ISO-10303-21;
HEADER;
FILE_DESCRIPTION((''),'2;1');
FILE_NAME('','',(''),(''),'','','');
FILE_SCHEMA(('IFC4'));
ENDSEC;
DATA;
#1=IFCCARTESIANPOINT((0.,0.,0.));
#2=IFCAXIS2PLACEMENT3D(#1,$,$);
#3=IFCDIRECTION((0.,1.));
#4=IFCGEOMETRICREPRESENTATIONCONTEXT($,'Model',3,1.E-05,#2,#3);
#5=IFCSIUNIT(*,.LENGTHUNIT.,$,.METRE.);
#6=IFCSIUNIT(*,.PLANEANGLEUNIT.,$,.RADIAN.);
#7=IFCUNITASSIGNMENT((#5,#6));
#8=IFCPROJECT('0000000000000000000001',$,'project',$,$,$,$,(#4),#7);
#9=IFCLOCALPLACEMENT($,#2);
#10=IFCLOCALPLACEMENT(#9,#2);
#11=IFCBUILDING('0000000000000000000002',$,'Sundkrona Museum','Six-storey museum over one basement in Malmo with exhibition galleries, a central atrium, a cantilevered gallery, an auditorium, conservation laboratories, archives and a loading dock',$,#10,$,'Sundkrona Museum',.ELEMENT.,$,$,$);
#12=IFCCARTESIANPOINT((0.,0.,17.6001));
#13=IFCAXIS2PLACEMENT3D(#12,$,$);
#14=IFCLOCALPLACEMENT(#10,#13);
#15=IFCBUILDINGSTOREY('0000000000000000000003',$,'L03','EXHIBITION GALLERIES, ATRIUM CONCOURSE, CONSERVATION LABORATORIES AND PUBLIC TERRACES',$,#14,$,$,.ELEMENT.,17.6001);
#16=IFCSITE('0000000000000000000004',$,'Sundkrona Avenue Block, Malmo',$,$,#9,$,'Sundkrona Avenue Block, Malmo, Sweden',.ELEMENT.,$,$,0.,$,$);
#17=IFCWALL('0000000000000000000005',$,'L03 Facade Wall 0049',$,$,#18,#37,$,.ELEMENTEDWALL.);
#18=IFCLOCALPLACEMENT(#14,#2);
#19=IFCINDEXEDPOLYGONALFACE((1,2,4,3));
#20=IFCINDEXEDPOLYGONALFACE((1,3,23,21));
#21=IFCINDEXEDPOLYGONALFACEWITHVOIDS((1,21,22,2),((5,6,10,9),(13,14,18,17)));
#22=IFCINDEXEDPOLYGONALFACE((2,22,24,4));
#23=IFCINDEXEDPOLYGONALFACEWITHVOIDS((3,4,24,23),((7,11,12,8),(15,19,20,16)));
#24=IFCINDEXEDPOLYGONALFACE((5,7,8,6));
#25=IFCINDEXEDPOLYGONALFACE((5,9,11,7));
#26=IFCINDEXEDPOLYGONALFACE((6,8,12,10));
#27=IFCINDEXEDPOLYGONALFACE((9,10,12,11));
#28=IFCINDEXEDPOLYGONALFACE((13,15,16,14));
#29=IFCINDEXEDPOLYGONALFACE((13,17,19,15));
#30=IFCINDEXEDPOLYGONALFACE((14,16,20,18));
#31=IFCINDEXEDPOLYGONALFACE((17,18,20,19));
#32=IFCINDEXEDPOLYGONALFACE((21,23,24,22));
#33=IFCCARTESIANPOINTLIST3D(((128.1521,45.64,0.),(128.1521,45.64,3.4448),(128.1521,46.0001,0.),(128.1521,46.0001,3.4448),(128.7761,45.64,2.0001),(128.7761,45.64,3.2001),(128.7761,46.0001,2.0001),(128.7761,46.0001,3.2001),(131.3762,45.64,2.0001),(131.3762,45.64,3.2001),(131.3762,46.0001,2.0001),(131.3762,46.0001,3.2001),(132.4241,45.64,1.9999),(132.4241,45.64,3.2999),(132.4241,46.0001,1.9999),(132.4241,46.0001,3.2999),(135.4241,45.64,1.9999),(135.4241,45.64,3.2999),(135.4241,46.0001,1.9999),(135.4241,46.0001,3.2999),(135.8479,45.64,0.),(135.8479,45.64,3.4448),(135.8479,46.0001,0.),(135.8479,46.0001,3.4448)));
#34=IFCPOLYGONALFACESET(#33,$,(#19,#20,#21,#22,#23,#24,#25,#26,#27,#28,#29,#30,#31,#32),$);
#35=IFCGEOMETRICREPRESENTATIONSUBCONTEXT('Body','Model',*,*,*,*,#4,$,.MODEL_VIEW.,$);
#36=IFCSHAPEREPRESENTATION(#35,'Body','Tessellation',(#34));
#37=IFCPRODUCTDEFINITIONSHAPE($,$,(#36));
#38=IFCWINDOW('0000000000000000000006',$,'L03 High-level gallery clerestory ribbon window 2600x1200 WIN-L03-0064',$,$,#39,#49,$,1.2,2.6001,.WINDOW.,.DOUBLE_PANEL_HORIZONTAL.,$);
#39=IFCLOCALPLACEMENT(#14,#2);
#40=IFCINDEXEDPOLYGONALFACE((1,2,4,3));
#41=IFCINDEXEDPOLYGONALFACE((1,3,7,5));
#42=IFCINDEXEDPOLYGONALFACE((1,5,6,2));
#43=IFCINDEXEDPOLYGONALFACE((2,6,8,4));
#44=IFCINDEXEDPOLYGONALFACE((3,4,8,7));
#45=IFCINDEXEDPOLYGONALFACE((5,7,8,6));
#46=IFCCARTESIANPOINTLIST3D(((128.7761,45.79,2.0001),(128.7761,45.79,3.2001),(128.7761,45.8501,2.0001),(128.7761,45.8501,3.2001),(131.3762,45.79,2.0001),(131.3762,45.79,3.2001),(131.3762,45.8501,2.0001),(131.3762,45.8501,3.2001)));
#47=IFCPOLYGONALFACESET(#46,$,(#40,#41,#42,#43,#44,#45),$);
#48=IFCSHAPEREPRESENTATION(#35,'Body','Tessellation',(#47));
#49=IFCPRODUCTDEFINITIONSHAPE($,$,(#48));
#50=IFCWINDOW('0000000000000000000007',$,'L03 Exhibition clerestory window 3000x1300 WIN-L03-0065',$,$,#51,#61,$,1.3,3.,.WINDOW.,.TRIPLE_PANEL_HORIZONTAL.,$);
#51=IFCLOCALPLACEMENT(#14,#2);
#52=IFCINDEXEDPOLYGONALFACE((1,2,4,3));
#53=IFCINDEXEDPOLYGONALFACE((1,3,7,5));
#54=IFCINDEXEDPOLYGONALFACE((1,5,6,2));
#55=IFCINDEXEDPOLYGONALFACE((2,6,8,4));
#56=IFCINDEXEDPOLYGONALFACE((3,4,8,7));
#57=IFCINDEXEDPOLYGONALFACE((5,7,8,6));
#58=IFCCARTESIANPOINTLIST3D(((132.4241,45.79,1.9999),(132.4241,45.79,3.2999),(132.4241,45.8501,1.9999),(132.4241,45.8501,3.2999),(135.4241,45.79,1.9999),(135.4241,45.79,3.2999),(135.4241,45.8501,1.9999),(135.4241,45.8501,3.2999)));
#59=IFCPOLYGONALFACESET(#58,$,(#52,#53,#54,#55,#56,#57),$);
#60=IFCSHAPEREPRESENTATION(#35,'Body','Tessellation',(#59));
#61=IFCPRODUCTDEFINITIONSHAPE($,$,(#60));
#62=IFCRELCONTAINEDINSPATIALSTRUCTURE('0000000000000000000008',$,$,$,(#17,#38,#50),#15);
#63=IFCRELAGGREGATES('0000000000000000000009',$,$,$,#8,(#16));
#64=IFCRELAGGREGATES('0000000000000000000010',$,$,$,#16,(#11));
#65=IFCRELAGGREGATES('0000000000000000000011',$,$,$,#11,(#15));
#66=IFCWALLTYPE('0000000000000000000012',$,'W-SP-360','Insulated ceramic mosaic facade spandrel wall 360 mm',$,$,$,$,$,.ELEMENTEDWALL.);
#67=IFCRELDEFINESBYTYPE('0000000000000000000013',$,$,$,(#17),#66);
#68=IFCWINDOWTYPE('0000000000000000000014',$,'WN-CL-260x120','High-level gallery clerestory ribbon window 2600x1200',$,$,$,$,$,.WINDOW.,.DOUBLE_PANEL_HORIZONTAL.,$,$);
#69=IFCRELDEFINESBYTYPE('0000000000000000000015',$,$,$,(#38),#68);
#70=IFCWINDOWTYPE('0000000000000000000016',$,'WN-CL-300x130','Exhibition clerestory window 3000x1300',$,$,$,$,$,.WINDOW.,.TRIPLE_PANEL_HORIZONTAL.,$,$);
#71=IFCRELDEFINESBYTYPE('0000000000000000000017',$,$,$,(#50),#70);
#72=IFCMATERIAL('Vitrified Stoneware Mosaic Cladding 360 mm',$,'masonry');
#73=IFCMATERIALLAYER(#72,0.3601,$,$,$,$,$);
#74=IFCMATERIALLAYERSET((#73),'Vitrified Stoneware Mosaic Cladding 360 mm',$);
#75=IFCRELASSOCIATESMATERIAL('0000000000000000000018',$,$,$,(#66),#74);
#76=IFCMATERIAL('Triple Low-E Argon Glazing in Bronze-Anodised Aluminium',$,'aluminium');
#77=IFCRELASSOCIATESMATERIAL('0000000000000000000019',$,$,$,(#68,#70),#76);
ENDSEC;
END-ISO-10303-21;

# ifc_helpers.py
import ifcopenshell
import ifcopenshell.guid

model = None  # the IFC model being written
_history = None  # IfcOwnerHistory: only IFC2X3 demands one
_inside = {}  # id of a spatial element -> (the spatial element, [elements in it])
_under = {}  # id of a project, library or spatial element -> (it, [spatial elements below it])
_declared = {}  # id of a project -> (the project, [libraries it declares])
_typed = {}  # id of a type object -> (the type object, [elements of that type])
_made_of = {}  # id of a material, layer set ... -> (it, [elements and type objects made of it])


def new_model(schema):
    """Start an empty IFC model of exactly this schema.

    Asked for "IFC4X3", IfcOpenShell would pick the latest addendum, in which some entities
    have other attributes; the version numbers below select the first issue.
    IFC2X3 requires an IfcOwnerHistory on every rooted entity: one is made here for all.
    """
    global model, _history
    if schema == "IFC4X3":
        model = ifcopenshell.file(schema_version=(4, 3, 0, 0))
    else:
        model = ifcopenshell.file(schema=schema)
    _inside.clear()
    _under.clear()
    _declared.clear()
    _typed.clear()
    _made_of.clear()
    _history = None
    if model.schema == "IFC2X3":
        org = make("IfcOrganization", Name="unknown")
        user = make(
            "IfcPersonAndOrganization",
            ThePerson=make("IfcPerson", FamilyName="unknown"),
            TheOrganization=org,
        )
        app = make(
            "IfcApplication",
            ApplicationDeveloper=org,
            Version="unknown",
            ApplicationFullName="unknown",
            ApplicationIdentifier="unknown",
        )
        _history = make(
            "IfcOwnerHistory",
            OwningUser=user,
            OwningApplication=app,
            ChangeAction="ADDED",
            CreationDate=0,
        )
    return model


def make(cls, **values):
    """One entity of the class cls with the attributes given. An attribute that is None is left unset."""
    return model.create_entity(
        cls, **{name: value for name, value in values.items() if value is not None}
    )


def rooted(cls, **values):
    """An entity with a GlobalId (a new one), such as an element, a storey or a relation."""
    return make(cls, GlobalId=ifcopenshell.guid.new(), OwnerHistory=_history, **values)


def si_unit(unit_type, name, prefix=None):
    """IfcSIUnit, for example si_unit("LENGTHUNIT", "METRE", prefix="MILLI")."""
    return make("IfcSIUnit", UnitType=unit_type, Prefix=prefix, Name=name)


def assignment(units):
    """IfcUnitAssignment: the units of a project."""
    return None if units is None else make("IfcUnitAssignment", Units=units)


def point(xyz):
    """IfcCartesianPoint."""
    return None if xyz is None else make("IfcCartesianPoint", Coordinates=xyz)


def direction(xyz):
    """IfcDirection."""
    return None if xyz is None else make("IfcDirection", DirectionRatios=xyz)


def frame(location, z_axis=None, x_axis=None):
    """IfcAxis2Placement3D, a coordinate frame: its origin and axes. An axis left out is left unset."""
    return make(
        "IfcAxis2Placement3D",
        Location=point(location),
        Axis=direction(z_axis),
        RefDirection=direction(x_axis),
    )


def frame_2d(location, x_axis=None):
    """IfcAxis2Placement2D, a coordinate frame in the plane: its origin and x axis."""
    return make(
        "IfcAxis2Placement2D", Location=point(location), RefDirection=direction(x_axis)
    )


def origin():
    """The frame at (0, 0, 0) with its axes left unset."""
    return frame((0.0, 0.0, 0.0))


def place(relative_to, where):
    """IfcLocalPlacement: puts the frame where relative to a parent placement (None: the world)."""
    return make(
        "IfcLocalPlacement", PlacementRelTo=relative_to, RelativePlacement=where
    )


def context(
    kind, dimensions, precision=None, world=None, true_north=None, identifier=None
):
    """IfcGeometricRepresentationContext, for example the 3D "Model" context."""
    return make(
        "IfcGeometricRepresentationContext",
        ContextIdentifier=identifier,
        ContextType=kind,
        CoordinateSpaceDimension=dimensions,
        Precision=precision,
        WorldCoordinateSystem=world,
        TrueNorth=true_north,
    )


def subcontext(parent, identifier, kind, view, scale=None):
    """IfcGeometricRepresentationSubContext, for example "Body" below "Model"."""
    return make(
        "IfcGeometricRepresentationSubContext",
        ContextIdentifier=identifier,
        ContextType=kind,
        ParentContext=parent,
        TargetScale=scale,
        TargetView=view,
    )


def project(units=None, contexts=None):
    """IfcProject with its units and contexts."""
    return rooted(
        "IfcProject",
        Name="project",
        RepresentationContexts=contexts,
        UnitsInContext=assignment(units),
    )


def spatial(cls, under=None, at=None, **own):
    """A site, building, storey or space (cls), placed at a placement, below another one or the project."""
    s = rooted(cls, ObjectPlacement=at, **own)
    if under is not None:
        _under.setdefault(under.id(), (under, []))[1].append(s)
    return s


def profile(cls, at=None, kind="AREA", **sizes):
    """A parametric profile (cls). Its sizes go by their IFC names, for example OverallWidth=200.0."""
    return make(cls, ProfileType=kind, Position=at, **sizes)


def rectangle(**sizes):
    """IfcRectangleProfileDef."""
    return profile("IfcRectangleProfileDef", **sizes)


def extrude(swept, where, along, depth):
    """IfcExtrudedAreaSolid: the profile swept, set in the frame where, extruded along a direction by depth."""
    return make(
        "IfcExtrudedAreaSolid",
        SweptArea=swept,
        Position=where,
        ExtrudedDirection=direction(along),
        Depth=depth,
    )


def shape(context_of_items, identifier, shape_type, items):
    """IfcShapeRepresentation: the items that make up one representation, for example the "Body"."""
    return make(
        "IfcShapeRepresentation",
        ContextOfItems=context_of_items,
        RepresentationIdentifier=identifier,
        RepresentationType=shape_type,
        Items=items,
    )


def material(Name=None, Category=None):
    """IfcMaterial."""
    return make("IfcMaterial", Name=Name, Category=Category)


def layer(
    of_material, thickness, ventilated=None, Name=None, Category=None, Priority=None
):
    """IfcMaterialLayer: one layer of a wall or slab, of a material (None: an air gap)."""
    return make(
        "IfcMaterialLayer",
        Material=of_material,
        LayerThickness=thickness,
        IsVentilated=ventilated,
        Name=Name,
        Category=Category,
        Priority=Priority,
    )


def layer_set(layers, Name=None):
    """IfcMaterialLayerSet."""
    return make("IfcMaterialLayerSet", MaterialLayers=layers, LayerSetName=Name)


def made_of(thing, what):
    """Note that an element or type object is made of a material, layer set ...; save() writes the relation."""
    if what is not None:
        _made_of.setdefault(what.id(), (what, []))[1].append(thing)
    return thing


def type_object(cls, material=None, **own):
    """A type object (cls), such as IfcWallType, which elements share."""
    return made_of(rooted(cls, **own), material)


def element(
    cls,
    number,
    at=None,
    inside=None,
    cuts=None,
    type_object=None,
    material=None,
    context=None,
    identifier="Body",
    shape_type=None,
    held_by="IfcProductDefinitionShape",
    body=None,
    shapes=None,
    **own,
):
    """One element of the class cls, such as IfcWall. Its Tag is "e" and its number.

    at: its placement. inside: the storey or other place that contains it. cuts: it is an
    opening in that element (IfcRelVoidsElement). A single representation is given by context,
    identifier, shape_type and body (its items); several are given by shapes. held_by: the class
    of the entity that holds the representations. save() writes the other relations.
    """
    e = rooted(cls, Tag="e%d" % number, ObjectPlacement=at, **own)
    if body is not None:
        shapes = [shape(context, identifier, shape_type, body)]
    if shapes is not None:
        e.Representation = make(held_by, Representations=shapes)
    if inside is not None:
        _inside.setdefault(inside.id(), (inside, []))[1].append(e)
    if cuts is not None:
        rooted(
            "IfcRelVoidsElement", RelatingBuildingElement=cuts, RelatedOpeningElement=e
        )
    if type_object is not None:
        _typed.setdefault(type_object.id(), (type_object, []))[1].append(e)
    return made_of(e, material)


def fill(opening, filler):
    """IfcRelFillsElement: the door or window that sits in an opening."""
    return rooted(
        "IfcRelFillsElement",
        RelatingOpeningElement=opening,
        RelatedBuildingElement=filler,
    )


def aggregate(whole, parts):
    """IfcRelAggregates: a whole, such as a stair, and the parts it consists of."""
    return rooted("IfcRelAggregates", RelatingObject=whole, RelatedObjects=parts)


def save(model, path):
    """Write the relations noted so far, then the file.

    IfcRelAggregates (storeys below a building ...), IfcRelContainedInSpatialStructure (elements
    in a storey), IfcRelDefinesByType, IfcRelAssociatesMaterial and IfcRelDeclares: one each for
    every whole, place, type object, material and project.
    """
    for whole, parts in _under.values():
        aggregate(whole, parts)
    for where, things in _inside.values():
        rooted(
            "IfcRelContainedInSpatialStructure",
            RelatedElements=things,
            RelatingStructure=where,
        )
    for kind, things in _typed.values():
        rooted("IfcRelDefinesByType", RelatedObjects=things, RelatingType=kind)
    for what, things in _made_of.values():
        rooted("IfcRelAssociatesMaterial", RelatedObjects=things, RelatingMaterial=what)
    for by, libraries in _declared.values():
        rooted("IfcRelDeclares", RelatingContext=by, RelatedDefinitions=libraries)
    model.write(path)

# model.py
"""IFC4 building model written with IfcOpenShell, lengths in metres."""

from ifc_helpers import new_model, si_unit, direction, frame, frame_2d, origin, place, context, subcontext, project, spatial, rectangle, extrude, material, layer, layer_set, type_object, element, fill, save


model = new_model("IFC4")

# Units and contexts
model_context = context("Model", 3, precision=1e-05, world=origin(), true_north=direction((0.0, 1.0)))
body_context = subcontext(model_context, "Body", "Model", "MODEL_VIEW")
ifc_project = project(units=[si_unit("LENGTHUNIT", "METRE"), si_unit("PLANEANGLEUNIT", "RADIAN")], contexts=[model_context])

# Site, building, storey
site_placement = place(None, origin())
site = spatial("IfcSite", under=ifc_project, at=site_placement, Name="Sundkrona Avenue Block, Malmo", LongName="Sundkrona Avenue Block, Malmo, Sweden", CompositionType="ELEMENT", RefElevation=0.0)
building_placement = place(site_placement, origin())
building = spatial("IfcBuilding", under=site, at=building_placement, Name="Sundkrona Museum", Description="Six-storey museum over one basement in Malmo with exhibition galleries, a central atrium, a cantilevered gallery, an auditorium, conservation laboratories, archives and a loading dock", LongName="Sundkrona Museum", CompositionType="ELEMENT")
storey_placement = place(building_placement, frame((0.0, 0.0, 17.6001)))
storey = spatial("IfcBuildingStorey", under=building, at=storey_placement, Name="L03", Description="EXHIBITION GALLERIES, ATRIUM CONCOURSE, CONSERVATION LABORATORIES AND PUBLIC TERRACES", CompositionType="ELEMENT", Elevation=17.6001)

# Shared definitions
ifc_material_1 = material(Name="Triple Low-E Argon Glazing in Bronze-Anodised Aluminium", Category="aluminium")

# Wall, openings, windows
ifc_material_2 = material(Name="Vitrified Stoneware Mosaic Cladding 360 mm", Category="masonry")
ifc_layer_1 = layer(ifc_material_2, 0.3601)
ifc_layer_set_1 = layer_set([ifc_layer_1], Name="Vitrified Stoneware Mosaic Cladding 360 mm")
wall_type_1 = type_object("IfcWallType", Name="W-SP-360", Description="Insulated ceramic mosaic facade spandrel wall 360 mm", PredefinedType="ELEMENTEDWALL", material=ifc_layer_set_1)
window_type_1 = type_object("IfcWindowType", Name="WN-CL-260x120", Description="High-level gallery clerestory ribbon window 2600x1200", PartitioningType="DOUBLE_PANEL_HORIZONTAL", PredefinedType="WINDOW", material=ifc_material_1)
window_type_2 = type_object("IfcWindowType", Name="WN-CL-300x130", Description="Exhibition clerestory window 3000x1300", PartitioningType="TRIPLE_PANEL_HORIZONTAL", PredefinedType="WINDOW", material=ifc_material_1)
wall_1_placement = place(storey_placement, frame((128.1521, 45.8201, 0.0), z_axis=(0.0, 0.0, 1.0), x_axis=(1.0, 0.0, 0.0)))
wall_1 = element("IfcWall", 1, at=wall_1_placement, inside=storey, type_object=wall_type_1, Name="L03 Facade Wall 0049", PredefinedType="ELEMENTEDWALL", context=body_context, shape_type="SweptSolid", body=[
    extrude(rectangle(XDim=7.6958, YDim=0.3601, at=frame_2d((3.8479, 0.0))), origin(), (0.0, 0.0, 1.0), 3.4448),
])
opening_1_placement = place(wall_1_placement, frame((0.624, 0.0, 2.0)))
opening_1 = element("IfcOpeningElement", 2, at=opening_1_placement, cuts=wall_1, PredefinedType="OPENING", context=body_context, shape_type="SweptSolid", body=[
    extrude(rectangle(XDim=2.6001, YDim=1.2, at=frame_2d((1.3, 0.6001))), frame((0.0, 0.1899, 0.0), z_axis=(0.0, -1.0, 0.0), x_axis=(1.0, 0.0, 0.0)), (0.0, 0.0, 1.0), 0.3801),
])
opening_2_placement = place(wall_1_placement, frame((4.272, 0.0, 2.0)))
opening_2 = element("IfcOpeningElement", 3, at=opening_2_placement, cuts=wall_1, PredefinedType="OPENING", context=body_context, shape_type="SweptSolid", body=[
    extrude(rectangle(XDim=3.0, YDim=1.3, at=frame_2d((1.5, 0.6499))), frame((0.0, 0.1899, 0.0), z_axis=(0.0, -1.0, 0.0), x_axis=(1.0, 0.0, 0.0)), (0.0, 0.0, 1.0), 0.3801),
])
window_1_placement = place(opening_1_placement, origin())
window_1 = element("IfcWindow", 4, at=window_1_placement, inside=storey, type_object=window_type_1, Name="L03 High-level gallery clerestory ribbon window 2600x1200 WIN-L03-0064", OverallHeight=1.2, OverallWidth=2.6001, PartitioningType="DOUBLE_PANEL_HORIZONTAL", PredefinedType="WINDOW", context=body_context, shape_type="SweptSolid", body=[
    extrude(rectangle(XDim=2.6001, YDim=1.2, at=frame_2d((1.3, 0.6001))), frame((0.0, 0.03, 0.0), z_axis=(0.0, -1.0, 0.0), x_axis=(1.0, 0.0, 0.0)), (0.0, 0.0, 1.0), 0.0601),
])
fill(opening_1, window_1)
window_2_placement = place(opening_2_placement, origin())
window_2 = element("IfcWindow", 5, at=window_2_placement, inside=storey, type_object=window_type_2, Name="L03 Exhibition clerestory window 3000x1300 WIN-L03-0065", OverallHeight=1.3, OverallWidth=3.0, PartitioningType="TRIPLE_PANEL_HORIZONTAL", PredefinedType="WINDOW", context=body_context, shape_type="SweptSolid", body=[
    extrude(rectangle(XDim=3.0, YDim=1.3, at=frame_2d((1.5, 0.6499))), frame((0.0, 0.03, 0.0), z_axis=(0.0, -1.0, 0.0), x_axis=(1.0, 0.0, 0.0)), (0.0, 0.0, 1.0), 0.0601),
])
fill(opening_2, window_2)

save(model, "model.ifc")
